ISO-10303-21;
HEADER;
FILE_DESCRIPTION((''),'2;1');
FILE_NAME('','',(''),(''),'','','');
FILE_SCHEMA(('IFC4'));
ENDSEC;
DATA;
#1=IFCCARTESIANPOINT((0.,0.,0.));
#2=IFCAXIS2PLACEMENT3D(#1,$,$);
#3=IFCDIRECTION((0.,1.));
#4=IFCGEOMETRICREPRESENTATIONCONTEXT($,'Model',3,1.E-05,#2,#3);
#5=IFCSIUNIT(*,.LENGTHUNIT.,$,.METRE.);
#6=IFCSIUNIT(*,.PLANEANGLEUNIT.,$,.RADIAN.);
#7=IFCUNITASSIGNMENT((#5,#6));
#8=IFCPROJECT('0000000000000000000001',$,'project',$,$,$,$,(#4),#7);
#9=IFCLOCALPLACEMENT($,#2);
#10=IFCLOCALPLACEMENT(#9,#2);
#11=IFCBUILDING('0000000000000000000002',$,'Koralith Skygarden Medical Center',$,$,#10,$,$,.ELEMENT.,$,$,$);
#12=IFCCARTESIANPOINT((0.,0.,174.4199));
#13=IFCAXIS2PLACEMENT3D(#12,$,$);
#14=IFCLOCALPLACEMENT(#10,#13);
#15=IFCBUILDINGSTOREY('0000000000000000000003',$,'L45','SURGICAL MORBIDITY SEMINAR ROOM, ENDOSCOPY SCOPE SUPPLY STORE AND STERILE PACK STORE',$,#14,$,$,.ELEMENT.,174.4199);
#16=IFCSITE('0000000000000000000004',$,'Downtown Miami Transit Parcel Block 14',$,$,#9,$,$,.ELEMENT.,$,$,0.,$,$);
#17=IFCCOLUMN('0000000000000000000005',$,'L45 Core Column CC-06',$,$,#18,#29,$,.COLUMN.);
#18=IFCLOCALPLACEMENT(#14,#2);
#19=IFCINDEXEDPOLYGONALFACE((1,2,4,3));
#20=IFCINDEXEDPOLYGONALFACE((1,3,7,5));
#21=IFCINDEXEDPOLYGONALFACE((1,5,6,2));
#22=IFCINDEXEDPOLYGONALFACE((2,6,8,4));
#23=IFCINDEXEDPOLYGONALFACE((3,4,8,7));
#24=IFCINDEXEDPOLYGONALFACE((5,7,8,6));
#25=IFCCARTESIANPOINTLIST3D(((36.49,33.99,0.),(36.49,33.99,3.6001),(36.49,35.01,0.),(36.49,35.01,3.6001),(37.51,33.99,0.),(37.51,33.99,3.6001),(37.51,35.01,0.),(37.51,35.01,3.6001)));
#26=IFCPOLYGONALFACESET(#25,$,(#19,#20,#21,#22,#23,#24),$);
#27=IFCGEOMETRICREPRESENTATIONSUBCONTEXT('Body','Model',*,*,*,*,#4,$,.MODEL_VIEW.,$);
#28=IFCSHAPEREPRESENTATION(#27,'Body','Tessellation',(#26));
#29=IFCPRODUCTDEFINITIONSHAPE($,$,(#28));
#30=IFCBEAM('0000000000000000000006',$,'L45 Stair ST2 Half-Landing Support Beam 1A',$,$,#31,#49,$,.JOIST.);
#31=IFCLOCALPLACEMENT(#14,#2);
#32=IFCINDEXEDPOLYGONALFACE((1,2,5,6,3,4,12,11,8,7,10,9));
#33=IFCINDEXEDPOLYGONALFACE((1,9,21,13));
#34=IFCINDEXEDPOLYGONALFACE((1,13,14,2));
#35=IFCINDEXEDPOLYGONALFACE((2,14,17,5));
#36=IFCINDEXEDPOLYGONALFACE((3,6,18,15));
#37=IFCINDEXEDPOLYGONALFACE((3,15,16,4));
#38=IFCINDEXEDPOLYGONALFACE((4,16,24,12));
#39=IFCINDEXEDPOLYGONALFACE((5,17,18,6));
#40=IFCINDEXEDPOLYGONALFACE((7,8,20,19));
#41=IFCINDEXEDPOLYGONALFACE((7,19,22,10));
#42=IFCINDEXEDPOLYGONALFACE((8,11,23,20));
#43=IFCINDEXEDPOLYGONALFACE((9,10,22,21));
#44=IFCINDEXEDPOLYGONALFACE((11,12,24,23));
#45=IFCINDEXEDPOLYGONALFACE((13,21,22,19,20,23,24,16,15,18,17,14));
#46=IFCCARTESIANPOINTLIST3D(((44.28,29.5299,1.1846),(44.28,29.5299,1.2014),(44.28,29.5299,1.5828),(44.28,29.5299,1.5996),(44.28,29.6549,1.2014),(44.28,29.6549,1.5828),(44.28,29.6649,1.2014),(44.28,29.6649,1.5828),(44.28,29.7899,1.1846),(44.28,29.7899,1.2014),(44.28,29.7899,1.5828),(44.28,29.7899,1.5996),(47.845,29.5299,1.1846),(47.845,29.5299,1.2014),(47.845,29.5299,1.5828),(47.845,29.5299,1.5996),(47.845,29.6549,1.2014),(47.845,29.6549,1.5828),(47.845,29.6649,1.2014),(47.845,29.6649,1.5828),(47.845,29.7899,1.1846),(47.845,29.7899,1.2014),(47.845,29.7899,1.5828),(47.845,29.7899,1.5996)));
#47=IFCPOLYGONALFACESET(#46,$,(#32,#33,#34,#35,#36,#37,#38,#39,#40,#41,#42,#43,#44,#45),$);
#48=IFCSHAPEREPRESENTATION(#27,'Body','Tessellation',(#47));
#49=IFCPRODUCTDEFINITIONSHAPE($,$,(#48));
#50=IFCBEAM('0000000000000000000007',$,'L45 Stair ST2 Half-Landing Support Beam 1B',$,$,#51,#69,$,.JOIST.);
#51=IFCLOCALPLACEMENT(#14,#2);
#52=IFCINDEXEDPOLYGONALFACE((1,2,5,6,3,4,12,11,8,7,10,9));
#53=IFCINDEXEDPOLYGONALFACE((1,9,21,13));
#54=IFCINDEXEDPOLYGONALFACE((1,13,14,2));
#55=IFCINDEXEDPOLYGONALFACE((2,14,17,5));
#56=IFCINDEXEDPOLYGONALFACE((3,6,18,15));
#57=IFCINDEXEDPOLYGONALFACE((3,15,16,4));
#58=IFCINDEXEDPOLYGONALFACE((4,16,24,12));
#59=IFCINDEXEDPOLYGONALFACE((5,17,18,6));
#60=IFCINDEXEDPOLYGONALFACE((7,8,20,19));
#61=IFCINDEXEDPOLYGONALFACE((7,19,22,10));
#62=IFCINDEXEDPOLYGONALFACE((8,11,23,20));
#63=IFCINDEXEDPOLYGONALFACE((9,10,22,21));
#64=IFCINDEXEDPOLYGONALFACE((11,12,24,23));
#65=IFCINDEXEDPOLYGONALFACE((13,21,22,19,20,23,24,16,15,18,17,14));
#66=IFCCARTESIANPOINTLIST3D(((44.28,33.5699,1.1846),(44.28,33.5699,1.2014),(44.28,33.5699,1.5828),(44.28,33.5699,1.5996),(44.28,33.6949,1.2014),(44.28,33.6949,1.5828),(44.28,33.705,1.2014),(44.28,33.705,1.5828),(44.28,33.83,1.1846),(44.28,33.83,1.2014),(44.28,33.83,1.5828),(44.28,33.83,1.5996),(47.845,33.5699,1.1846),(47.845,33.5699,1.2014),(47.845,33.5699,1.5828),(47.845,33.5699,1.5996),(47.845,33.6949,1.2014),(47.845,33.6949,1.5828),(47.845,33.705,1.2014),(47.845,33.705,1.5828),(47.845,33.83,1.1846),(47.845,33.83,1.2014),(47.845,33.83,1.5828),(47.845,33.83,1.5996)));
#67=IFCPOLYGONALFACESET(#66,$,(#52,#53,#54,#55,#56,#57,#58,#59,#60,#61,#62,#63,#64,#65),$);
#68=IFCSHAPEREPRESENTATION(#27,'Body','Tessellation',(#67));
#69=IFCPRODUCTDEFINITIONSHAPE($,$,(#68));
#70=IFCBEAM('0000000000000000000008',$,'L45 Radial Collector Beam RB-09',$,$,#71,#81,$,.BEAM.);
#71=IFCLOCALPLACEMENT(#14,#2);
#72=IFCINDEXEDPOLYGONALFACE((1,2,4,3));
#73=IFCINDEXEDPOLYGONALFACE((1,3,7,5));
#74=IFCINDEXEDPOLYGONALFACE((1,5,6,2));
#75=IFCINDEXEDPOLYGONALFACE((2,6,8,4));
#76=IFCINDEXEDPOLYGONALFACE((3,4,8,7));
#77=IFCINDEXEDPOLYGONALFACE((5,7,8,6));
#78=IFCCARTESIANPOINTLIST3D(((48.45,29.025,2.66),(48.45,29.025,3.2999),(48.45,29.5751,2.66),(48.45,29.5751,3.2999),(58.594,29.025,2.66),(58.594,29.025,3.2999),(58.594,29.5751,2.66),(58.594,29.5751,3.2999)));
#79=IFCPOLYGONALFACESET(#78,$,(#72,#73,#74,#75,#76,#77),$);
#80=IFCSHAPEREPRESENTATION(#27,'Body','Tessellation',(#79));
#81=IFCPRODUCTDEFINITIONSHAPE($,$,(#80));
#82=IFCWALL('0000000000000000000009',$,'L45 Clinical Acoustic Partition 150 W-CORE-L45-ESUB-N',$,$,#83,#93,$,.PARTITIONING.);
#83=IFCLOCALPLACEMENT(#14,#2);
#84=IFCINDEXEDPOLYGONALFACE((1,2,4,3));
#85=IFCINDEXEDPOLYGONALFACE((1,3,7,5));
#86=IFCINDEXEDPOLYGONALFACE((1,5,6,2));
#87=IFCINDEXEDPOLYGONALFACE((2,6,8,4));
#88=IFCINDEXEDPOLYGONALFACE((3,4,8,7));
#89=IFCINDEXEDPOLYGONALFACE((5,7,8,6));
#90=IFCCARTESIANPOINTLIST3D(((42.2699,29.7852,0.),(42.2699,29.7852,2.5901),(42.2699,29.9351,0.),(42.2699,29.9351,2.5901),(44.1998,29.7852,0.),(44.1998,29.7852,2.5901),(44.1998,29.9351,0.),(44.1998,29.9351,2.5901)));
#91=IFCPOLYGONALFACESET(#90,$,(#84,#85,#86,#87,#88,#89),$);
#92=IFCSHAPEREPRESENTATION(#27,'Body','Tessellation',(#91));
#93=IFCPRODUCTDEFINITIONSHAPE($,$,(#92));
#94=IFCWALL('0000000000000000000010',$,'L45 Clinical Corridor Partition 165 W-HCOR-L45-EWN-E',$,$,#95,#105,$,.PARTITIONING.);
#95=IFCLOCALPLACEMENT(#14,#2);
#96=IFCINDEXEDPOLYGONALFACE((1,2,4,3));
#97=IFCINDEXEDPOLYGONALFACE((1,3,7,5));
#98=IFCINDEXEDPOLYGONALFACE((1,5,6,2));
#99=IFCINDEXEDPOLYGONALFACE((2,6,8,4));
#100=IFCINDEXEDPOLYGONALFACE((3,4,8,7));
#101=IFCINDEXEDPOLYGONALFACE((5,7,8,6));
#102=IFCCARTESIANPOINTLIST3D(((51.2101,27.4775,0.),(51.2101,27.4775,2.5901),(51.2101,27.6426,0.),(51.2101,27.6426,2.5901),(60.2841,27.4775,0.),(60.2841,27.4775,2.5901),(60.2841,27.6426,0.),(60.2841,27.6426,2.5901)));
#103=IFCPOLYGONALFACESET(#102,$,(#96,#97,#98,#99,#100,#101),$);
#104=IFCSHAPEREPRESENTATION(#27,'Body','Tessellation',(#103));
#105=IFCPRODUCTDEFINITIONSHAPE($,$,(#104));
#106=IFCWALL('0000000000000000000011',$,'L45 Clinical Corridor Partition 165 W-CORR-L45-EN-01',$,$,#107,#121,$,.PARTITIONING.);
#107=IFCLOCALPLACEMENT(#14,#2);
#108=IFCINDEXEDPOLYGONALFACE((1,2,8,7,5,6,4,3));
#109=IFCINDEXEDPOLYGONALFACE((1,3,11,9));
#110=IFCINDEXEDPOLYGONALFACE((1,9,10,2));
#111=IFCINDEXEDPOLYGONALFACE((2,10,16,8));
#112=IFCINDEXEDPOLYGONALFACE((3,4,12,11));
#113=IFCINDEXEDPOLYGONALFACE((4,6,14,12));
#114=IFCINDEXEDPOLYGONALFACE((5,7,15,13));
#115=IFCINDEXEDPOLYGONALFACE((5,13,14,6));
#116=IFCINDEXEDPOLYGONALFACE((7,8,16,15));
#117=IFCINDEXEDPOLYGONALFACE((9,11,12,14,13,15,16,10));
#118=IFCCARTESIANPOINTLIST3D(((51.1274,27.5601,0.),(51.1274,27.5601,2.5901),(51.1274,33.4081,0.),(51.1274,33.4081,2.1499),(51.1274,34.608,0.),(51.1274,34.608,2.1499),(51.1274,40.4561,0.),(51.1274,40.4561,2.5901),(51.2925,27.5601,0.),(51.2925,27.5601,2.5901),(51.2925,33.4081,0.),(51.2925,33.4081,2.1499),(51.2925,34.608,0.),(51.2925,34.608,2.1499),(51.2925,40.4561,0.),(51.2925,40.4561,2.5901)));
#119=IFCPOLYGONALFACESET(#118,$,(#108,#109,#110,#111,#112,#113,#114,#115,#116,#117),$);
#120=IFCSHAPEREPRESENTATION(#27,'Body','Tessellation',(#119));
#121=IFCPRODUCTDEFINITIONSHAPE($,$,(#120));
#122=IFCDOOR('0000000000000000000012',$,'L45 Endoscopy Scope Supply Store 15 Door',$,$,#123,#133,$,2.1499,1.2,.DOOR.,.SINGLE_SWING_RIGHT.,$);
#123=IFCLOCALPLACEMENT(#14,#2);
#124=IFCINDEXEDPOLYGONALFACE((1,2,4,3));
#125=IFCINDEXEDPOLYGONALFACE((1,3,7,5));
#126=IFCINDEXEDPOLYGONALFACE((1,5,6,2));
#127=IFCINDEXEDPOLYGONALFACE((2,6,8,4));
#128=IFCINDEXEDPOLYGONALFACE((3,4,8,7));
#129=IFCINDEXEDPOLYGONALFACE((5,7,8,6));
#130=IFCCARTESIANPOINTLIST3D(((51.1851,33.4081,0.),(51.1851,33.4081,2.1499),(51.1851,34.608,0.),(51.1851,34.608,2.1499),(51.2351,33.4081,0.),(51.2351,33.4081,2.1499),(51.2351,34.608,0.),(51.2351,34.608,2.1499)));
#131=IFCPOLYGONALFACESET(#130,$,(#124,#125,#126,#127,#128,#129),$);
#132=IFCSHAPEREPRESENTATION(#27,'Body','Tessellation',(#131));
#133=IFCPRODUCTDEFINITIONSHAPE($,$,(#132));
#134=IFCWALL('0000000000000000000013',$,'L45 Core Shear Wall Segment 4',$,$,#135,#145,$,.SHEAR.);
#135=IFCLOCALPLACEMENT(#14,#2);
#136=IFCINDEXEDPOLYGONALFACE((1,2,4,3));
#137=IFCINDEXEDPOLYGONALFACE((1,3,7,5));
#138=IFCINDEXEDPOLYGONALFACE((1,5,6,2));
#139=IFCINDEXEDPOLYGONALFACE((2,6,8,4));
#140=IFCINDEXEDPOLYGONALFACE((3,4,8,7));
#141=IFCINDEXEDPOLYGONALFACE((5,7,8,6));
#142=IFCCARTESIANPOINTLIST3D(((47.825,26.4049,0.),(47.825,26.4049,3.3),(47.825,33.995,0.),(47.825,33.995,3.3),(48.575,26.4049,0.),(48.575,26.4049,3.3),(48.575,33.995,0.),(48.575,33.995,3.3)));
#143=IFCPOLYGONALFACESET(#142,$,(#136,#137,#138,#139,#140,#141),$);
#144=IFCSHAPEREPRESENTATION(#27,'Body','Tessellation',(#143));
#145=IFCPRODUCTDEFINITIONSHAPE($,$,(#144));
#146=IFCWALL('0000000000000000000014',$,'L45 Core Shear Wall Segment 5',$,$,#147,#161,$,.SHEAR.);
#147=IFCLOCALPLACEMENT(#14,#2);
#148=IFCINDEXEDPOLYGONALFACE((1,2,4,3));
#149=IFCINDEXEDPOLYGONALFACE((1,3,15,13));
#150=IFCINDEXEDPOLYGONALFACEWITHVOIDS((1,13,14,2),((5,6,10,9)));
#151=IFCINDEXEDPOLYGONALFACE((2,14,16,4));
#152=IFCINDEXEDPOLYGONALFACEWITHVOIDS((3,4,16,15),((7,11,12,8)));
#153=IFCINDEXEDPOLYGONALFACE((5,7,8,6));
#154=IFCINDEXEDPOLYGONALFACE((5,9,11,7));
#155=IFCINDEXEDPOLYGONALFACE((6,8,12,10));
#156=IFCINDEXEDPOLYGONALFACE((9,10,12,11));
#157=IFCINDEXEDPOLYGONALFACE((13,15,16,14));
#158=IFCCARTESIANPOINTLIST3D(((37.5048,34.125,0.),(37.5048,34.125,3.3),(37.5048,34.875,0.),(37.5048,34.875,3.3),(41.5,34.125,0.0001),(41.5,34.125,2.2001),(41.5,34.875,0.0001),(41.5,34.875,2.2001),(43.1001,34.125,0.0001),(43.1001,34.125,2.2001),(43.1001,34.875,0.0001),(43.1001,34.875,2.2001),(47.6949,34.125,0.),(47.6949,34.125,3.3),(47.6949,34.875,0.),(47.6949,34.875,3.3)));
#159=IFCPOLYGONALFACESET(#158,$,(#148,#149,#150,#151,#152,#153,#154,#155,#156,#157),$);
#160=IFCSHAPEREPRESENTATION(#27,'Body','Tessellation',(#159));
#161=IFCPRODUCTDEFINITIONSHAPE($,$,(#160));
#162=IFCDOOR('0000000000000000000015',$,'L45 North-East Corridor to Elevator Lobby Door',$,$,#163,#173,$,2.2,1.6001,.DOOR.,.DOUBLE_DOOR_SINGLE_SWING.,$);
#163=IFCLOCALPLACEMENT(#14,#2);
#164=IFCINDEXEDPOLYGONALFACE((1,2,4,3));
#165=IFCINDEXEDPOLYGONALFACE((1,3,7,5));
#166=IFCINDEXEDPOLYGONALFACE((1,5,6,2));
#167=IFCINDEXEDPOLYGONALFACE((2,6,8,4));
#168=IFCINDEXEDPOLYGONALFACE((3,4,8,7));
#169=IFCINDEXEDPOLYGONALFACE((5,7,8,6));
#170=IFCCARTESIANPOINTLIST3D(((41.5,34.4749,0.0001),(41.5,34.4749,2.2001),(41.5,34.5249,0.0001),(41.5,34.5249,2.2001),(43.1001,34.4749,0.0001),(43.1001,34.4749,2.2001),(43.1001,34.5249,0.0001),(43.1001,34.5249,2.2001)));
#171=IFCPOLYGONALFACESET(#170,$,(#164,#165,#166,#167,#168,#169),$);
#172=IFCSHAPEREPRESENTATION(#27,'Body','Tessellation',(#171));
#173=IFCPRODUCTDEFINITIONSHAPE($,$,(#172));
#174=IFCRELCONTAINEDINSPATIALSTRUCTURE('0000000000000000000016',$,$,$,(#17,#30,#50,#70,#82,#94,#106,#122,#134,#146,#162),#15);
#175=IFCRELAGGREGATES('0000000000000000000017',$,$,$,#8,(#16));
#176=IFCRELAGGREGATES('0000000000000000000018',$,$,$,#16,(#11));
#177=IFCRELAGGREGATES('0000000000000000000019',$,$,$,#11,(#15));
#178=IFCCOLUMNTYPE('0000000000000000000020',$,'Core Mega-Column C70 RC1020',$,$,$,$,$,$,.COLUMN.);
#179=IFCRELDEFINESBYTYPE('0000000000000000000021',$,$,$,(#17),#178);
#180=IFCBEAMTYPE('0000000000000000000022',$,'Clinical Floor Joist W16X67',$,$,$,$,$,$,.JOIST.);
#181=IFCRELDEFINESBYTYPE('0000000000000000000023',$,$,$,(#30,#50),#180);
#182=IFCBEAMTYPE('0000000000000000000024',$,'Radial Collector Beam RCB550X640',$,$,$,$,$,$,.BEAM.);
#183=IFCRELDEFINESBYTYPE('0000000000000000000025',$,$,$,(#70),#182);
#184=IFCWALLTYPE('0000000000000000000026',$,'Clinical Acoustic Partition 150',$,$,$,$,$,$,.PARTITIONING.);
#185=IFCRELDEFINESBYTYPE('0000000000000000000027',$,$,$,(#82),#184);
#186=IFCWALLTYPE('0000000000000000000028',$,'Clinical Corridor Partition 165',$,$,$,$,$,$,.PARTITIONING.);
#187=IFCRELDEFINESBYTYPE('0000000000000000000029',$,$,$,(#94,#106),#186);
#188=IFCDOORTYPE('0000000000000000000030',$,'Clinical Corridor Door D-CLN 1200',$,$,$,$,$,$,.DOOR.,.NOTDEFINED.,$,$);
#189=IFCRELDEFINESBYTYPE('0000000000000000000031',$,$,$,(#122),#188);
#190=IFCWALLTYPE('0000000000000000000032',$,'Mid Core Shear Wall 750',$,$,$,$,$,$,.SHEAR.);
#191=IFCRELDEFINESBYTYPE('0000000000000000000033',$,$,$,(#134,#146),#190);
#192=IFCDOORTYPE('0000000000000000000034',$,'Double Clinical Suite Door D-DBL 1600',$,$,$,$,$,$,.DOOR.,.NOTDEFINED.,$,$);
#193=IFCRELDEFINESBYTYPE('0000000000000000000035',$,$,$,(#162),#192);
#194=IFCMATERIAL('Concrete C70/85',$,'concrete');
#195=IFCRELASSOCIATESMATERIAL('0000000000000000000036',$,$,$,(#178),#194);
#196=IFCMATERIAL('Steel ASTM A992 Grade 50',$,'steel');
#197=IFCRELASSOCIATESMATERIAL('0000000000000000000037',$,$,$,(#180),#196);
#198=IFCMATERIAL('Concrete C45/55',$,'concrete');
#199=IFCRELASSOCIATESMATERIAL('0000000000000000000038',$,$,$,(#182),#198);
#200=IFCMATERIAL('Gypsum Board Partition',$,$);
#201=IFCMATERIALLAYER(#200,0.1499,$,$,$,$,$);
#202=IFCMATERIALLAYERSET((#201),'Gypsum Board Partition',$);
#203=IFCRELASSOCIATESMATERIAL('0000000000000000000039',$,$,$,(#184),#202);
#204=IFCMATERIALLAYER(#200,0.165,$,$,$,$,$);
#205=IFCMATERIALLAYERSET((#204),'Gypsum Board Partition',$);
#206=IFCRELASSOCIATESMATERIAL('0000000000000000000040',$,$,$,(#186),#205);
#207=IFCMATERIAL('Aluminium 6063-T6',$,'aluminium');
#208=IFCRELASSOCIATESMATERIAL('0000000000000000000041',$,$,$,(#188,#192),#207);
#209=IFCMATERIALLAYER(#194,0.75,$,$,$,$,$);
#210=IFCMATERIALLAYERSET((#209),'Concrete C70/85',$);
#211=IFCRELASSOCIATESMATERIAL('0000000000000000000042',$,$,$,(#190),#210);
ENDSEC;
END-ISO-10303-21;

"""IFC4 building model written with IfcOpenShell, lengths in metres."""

from ifc_helpers import new_model, si_unit, direction, frame, frame_2d, origin, origin_2d, place, context, subcontext, project, spatial, rectangle, i_section, extrude, material, layer, layer_set, material_profile, profile_set, type_object, element, fill, save


model = new_model("IFC4")

# Units and contexts
model_context = context("Model", 3, precision=1e-05, world=origin(), true_north=direction((0.0, 1.0)))
body_context = subcontext(model_context, "Body", "Model", "MODEL_VIEW")
ifc_project = project(units=[si_unit("LENGTHUNIT", "METRE"), si_unit("PLANEANGLEUNIT", "RADIAN")], contexts=[model_context])

# Site, building, storey
site_placement = place(None, origin())
site = spatial("IfcSite", under=ifc_project, at=site_placement, Name="Downtown Miami Transit Parcel Block 14", CompositionType="ELEMENT", RefElevation=0.0)
building_placement = place(site_placement, origin())
building = spatial("IfcBuilding", under=site, at=building_placement, Name="Koralith Skygarden Medical Center", CompositionType="ELEMENT")
storey_placement = place(building_placement, frame((0.0, 0.0, 174.4199)))
storey = spatial("IfcBuildingStorey", under=building, at=storey_placement, Name="L45", Description="SURGICAL MORBIDITY SEMINAR ROOM, ENDOSCOPY SCOPE SUPPLY STORE AND STERILE PACK STORE", CompositionType="ELEMENT", Elevation=174.4199)

# Column
ifc_material_1 = material(Name="Concrete C70/85", Category="concrete")
ifc_material_profile_1 = material_profile(ifc_material_1, rectangle(XDim=1.02, YDim=1.02, at=origin_2d()), Name="RC1020X1020")
ifc_profile_set_1 = profile_set([ifc_material_profile_1], Name="Concrete C70/85")
column_type = type_object("IfcColumnType", Name="Core Mega-Column C70 RC1020", PredefinedType="COLUMN", material=ifc_profile_set_1)
column_placement = place(storey_placement, frame((37.0, 34.5, 0.0), z_axis=(0.0, 0.0, 1.0), x_axis=(1.0, 0.0, 0.0)))
element("IfcColumn", 1, at=column_placement, inside=storey, type_object=column_type, Name="L45 Core Column CC-06", PredefinedType="COLUMN", context=body_context, shape_type="SweptSolid", body=[
    extrude(rectangle(XDim=1.02, YDim=1.02, at=origin_2d()), origin(), (0.0, 0.0, 1.0), 3.6001),
])

# Beams
ifc_material_2 = material(Name="Steel ASTM A992 Grade 50", Category="steel")
ifc_material_profile_2 = material_profile(ifc_material_2, i_section(OverallWidth=0.26, OverallDepth=0.415, WebThickness=0.01, FlangeThickness=0.0168, at=origin_2d()), Name="W16X67")
ifc_profile_set_2 = profile_set([ifc_material_profile_2], Name="Steel ASTM A992 Grade 50")
beam_type_1 = type_object("IfcBeamType", Name="Clinical Floor Joist W16X67", PredefinedType="JOIST", material=ifc_profile_set_2)
for number, where, z_axis, x_axis, name in (
    (2, (44.28, 29.6599, 1.3921), (1.0, 0.0, 0.0), (0.0, 1.0, 0.0), "L45 Stair ST2 Half-Landing Support Beam 1A"),
    (3, (44.28, 33.7, 1.3921), (1.0, 0.0, 0.0), (0.0, 1.0, 0.0), "L45 Stair ST2 Half-Landing Support Beam 1B"),
):
    element("IfcBeam", number, at=place(storey_placement, frame(where, z_axis=z_axis, x_axis=x_axis)), inside=storey, type_object=beam_type_1, Name=name, PredefinedType="JOIST", context=body_context, shape_type="SweptSolid", body=[
        extrude(i_section(OverallWidth=0.26, OverallDepth=0.415, WebThickness=0.01, FlangeThickness=0.0168, at=origin_2d()), origin(), (0.0, 0.0, 1.0), 3.5649),
    ])
ifc_material_3 = material(Name="Concrete C45/55", Category="concrete")
ifc_material_profile_3 = material_profile(ifc_material_3, rectangle(XDim=0.55, YDim=0.6399, at=origin_2d()), Name="RCB550X640")
ifc_profile_set_3 = profile_set([ifc_material_profile_3], Name="Concrete C45/55")
beam_type_2 = type_object("IfcBeamType", Name="Radial Collector Beam RCB550X640", PredefinedType="BEAM", material=ifc_profile_set_3)
beam_placement = place(storey_placement, frame((48.45, 29.3, 2.98), z_axis=(1.0, 0.0, 0.0), x_axis=(0.0, 1.0, 0.0)))
element("IfcBeam", 4, at=beam_placement, inside=storey, type_object=beam_type_2, Name="L45 Radial Collector Beam RB-09", PredefinedType="BEAM", context=body_context, shape_type="SweptSolid", body=[
    extrude(rectangle(XDim=0.55, YDim=0.6399, at=origin_2d()), origin(), (0.0, 0.0, 1.0), 10.144),
])

# Walls
ifc_material_4 = material(Name="Gypsum Board Partition")
ifc_layer_1 = layer(ifc_material_4, 0.1499)
ifc_layer_set_1 = layer_set([ifc_layer_1], Name="Gypsum Board Partition")
wall_type_1 = type_object("IfcWallType", Name="Clinical Acoustic Partition 150", PredefinedType="PARTITIONING", material=ifc_layer_set_1)
wall_1_placement = place(storey_placement, frame((42.27, 29.8601, 0.0), z_axis=(0.0, 0.0, 1.0), x_axis=(1.0, 0.0, 0.0)))
element("IfcWall", 5, at=wall_1_placement, inside=storey, type_object=wall_type_1, Name="L45 Clinical Acoustic Partition 150 W-CORE-L45-ESUB-N", PredefinedType="PARTITIONING", context=body_context, shape_type="SweptSolid", body=[
    extrude(rectangle(XDim=1.9299, YDim=0.1499, at=frame_2d((0.9648, 0.0))), origin(), (0.0, 0.0, 1.0), 2.5901),
])
ifc_layer_2 = layer(ifc_material_4, 0.165)
ifc_layer_set_2 = layer_set([ifc_layer_2], Name="Gypsum Board Partition")
wall_type_2 = type_object("IfcWallType", Name="Clinical Corridor Partition 165", PredefinedType="PARTITIONING", material=ifc_layer_set_2)
wall_2_placement = place(storey_placement, frame((51.21, 27.5601, 0.0), z_axis=(0.0, 0.0, 1.0), x_axis=(1.0, 0.0, 0.0)))
element("IfcWall", 6, at=wall_2_placement, inside=storey, type_object=wall_type_2, Name="L45 Clinical Corridor Partition 165 W-HCOR-L45-EWN-E", PredefinedType="PARTITIONING", context=body_context, shape_type="SweptSolid", body=[
    extrude(rectangle(XDim=9.074, YDim=0.165, at=frame_2d((4.5371, 0.0))), origin(), (0.0, 0.0, 1.0), 2.5901),
])

# Wall, opening, door
wall_3_placement = place(storey_placement, frame((51.21, 27.5601, 0.0), z_axis=(0.0, 0.0, 1.0), x_axis=(0.0, 1.0, 0.0)))
wall_3 = element("IfcWall", 7, at=wall_3_placement, inside=storey, type_object=wall_type_2, Name="L45 Clinical Corridor Partition 165 W-CORR-L45-EN-01", PredefinedType="PARTITIONING", context=body_context, shape_type="SweptSolid", body=[
    extrude(rectangle(XDim=12.896, YDim=0.165, at=frame_2d((6.448, 0.0))), origin(), (0.0, 0.0, 1.0), 2.5901),
])
opening_1_placement = place(wall_3_placement, frame((5.8479, 0.0, 0.0)))
opening_1 = element("IfcOpeningElement", 8, at=opening_1_placement, cuts=wall_3, PredefinedType="OPENING", context=body_context, shape_type="SweptSolid", body=[
    extrude(rectangle(XDim=1.2, YDim=2.1499, at=frame_2d((0.6001, 1.075))), frame((0.0, 0.0925, 0.0), z_axis=(0.0, -1.0, 0.0), x_axis=(1.0, 0.0, 0.0)), (0.0, 0.0, 1.0), 0.1851),
])
ifc_material_5 = material(Name="Aluminium 6063-T6", Category="aluminium")
door_type_1 = type_object("IfcDoorType", Name="Clinical Corridor Door D-CLN 1200", OperationType="NOTDEFINED", PredefinedType="DOOR", material=ifc_material_5)
door_1_placement = place(opening_1_placement, origin())
door_1 = element("IfcDoor", 9, at=door_1_placement, inside=storey, type_object=door_type_1, Name="L45 Endoscopy Scope Supply Store 15 Door", OperationType="SINGLE_SWING_RIGHT", OverallHeight=2.1499, OverallWidth=1.2, PredefinedType="DOOR", context=body_context, shape_type="SweptSolid", body=[
    extrude(rectangle(XDim=1.2, YDim=2.1499, at=frame_2d((0.6001, 1.075))), frame((0.0, 0.0249, 0.0), z_axis=(0.0, -1.0, 0.0), x_axis=(1.0, 0.0, 0.0)), (0.0, 0.0, 1.0), 0.05),
])
fill(opening_1, door_1)

# Wall
ifc_layer_3 = layer(ifc_material_1, 0.75)
ifc_layer_set_3 = layer_set([ifc_layer_3], Name="Concrete C70/85")
wall_type_3 = type_object("IfcWallType", Name="Mid Core Shear Wall 750", PredefinedType="SHEAR", material=ifc_layer_set_3)
wall_4_placement = place(storey_placement, frame((48.2, 26.405, 0.0), z_axis=(0.0, 0.0, 1.0), x_axis=(0.0, 1.0, 0.0)))
element("IfcWall", 10, at=wall_4_placement, inside=storey, type_object=wall_type_3, Name="L45 Core Shear Wall Segment 4", PredefinedType="SHEAR", context=body_context, shape_type="SweptSolid", body=[
    extrude(rectangle(XDim=7.5901, YDim=0.75, at=frame_2d((3.7949, 0.0))), origin(), (0.0, 0.0, 1.0), 3.3),
])

# Wall, opening, door
wall_5_placement = place(storey_placement, frame((47.6951, 34.5, 0.0), z_axis=(0.0, 0.0, 1.0), x_axis=(-1.0, 0.0, 0.0)))
wall_5 = element("IfcWall", 11, at=wall_5_placement, inside=storey, type_object=wall_type_3, Name="L45 Core Shear Wall Segment 5", PredefinedType="SHEAR", context=body_context, shape_type="SweptSolid", body=[
    extrude(rectangle(XDim=10.1902, YDim=0.75, at=frame_2d((5.0952, 0.0))), origin(), (0.0, 0.0, 1.0), 3.3),
])
opening_2_placement = place(wall_5_placement, frame((4.595, 0.0, 0.0)))
opening_2 = element("IfcOpeningElement", 12, at=opening_2_placement, cuts=wall_5, PredefinedType="OPENING", context=body_context, shape_type="SweptSolid", body=[
    extrude(rectangle(XDim=1.6001, YDim=2.2, at=frame_2d((0.8, 1.1001))), frame((0.0, 0.385, 0.0), z_axis=(0.0, -1.0, 0.0), x_axis=(1.0, 0.0, 0.0)), (0.0, 0.0, 1.0), 0.77),
])
door_type_2 = type_object("IfcDoorType", Name="Double Clinical Suite Door D-DBL 1600", OperationType="NOTDEFINED", PredefinedType="DOOR", material=ifc_material_5)
door_2_placement = place(opening_2_placement, frame((1.6001, 0.0, 0.0), z_axis=(0.0, 0.0, 1.0), x_axis=(-1.0, 0.0, 0.0)))
door_2 = element("IfcDoor", 13, at=door_2_placement, inside=storey, type_object=door_type_2, Name="L45 North-East Corridor to Elevator Lobby Door", OperationType="DOUBLE_DOOR_SINGLE_SWING", OverallHeight=2.2, OverallWidth=1.6001, PredefinedType="DOOR", context=body_context, shape_type="SweptSolid", body=[
    extrude(rectangle(XDim=1.6001, YDim=2.2, at=frame_2d((0.8, 1.1001))), frame((0.0, 0.0249, 0.0), z_axis=(0.0, -1.0, 0.0), x_axis=(1.0, 0.0, 0.0)), (0.0, 0.0, 1.0), 0.05),
])
fill(opening_2, door_2)

save(model, "model.ifc")
